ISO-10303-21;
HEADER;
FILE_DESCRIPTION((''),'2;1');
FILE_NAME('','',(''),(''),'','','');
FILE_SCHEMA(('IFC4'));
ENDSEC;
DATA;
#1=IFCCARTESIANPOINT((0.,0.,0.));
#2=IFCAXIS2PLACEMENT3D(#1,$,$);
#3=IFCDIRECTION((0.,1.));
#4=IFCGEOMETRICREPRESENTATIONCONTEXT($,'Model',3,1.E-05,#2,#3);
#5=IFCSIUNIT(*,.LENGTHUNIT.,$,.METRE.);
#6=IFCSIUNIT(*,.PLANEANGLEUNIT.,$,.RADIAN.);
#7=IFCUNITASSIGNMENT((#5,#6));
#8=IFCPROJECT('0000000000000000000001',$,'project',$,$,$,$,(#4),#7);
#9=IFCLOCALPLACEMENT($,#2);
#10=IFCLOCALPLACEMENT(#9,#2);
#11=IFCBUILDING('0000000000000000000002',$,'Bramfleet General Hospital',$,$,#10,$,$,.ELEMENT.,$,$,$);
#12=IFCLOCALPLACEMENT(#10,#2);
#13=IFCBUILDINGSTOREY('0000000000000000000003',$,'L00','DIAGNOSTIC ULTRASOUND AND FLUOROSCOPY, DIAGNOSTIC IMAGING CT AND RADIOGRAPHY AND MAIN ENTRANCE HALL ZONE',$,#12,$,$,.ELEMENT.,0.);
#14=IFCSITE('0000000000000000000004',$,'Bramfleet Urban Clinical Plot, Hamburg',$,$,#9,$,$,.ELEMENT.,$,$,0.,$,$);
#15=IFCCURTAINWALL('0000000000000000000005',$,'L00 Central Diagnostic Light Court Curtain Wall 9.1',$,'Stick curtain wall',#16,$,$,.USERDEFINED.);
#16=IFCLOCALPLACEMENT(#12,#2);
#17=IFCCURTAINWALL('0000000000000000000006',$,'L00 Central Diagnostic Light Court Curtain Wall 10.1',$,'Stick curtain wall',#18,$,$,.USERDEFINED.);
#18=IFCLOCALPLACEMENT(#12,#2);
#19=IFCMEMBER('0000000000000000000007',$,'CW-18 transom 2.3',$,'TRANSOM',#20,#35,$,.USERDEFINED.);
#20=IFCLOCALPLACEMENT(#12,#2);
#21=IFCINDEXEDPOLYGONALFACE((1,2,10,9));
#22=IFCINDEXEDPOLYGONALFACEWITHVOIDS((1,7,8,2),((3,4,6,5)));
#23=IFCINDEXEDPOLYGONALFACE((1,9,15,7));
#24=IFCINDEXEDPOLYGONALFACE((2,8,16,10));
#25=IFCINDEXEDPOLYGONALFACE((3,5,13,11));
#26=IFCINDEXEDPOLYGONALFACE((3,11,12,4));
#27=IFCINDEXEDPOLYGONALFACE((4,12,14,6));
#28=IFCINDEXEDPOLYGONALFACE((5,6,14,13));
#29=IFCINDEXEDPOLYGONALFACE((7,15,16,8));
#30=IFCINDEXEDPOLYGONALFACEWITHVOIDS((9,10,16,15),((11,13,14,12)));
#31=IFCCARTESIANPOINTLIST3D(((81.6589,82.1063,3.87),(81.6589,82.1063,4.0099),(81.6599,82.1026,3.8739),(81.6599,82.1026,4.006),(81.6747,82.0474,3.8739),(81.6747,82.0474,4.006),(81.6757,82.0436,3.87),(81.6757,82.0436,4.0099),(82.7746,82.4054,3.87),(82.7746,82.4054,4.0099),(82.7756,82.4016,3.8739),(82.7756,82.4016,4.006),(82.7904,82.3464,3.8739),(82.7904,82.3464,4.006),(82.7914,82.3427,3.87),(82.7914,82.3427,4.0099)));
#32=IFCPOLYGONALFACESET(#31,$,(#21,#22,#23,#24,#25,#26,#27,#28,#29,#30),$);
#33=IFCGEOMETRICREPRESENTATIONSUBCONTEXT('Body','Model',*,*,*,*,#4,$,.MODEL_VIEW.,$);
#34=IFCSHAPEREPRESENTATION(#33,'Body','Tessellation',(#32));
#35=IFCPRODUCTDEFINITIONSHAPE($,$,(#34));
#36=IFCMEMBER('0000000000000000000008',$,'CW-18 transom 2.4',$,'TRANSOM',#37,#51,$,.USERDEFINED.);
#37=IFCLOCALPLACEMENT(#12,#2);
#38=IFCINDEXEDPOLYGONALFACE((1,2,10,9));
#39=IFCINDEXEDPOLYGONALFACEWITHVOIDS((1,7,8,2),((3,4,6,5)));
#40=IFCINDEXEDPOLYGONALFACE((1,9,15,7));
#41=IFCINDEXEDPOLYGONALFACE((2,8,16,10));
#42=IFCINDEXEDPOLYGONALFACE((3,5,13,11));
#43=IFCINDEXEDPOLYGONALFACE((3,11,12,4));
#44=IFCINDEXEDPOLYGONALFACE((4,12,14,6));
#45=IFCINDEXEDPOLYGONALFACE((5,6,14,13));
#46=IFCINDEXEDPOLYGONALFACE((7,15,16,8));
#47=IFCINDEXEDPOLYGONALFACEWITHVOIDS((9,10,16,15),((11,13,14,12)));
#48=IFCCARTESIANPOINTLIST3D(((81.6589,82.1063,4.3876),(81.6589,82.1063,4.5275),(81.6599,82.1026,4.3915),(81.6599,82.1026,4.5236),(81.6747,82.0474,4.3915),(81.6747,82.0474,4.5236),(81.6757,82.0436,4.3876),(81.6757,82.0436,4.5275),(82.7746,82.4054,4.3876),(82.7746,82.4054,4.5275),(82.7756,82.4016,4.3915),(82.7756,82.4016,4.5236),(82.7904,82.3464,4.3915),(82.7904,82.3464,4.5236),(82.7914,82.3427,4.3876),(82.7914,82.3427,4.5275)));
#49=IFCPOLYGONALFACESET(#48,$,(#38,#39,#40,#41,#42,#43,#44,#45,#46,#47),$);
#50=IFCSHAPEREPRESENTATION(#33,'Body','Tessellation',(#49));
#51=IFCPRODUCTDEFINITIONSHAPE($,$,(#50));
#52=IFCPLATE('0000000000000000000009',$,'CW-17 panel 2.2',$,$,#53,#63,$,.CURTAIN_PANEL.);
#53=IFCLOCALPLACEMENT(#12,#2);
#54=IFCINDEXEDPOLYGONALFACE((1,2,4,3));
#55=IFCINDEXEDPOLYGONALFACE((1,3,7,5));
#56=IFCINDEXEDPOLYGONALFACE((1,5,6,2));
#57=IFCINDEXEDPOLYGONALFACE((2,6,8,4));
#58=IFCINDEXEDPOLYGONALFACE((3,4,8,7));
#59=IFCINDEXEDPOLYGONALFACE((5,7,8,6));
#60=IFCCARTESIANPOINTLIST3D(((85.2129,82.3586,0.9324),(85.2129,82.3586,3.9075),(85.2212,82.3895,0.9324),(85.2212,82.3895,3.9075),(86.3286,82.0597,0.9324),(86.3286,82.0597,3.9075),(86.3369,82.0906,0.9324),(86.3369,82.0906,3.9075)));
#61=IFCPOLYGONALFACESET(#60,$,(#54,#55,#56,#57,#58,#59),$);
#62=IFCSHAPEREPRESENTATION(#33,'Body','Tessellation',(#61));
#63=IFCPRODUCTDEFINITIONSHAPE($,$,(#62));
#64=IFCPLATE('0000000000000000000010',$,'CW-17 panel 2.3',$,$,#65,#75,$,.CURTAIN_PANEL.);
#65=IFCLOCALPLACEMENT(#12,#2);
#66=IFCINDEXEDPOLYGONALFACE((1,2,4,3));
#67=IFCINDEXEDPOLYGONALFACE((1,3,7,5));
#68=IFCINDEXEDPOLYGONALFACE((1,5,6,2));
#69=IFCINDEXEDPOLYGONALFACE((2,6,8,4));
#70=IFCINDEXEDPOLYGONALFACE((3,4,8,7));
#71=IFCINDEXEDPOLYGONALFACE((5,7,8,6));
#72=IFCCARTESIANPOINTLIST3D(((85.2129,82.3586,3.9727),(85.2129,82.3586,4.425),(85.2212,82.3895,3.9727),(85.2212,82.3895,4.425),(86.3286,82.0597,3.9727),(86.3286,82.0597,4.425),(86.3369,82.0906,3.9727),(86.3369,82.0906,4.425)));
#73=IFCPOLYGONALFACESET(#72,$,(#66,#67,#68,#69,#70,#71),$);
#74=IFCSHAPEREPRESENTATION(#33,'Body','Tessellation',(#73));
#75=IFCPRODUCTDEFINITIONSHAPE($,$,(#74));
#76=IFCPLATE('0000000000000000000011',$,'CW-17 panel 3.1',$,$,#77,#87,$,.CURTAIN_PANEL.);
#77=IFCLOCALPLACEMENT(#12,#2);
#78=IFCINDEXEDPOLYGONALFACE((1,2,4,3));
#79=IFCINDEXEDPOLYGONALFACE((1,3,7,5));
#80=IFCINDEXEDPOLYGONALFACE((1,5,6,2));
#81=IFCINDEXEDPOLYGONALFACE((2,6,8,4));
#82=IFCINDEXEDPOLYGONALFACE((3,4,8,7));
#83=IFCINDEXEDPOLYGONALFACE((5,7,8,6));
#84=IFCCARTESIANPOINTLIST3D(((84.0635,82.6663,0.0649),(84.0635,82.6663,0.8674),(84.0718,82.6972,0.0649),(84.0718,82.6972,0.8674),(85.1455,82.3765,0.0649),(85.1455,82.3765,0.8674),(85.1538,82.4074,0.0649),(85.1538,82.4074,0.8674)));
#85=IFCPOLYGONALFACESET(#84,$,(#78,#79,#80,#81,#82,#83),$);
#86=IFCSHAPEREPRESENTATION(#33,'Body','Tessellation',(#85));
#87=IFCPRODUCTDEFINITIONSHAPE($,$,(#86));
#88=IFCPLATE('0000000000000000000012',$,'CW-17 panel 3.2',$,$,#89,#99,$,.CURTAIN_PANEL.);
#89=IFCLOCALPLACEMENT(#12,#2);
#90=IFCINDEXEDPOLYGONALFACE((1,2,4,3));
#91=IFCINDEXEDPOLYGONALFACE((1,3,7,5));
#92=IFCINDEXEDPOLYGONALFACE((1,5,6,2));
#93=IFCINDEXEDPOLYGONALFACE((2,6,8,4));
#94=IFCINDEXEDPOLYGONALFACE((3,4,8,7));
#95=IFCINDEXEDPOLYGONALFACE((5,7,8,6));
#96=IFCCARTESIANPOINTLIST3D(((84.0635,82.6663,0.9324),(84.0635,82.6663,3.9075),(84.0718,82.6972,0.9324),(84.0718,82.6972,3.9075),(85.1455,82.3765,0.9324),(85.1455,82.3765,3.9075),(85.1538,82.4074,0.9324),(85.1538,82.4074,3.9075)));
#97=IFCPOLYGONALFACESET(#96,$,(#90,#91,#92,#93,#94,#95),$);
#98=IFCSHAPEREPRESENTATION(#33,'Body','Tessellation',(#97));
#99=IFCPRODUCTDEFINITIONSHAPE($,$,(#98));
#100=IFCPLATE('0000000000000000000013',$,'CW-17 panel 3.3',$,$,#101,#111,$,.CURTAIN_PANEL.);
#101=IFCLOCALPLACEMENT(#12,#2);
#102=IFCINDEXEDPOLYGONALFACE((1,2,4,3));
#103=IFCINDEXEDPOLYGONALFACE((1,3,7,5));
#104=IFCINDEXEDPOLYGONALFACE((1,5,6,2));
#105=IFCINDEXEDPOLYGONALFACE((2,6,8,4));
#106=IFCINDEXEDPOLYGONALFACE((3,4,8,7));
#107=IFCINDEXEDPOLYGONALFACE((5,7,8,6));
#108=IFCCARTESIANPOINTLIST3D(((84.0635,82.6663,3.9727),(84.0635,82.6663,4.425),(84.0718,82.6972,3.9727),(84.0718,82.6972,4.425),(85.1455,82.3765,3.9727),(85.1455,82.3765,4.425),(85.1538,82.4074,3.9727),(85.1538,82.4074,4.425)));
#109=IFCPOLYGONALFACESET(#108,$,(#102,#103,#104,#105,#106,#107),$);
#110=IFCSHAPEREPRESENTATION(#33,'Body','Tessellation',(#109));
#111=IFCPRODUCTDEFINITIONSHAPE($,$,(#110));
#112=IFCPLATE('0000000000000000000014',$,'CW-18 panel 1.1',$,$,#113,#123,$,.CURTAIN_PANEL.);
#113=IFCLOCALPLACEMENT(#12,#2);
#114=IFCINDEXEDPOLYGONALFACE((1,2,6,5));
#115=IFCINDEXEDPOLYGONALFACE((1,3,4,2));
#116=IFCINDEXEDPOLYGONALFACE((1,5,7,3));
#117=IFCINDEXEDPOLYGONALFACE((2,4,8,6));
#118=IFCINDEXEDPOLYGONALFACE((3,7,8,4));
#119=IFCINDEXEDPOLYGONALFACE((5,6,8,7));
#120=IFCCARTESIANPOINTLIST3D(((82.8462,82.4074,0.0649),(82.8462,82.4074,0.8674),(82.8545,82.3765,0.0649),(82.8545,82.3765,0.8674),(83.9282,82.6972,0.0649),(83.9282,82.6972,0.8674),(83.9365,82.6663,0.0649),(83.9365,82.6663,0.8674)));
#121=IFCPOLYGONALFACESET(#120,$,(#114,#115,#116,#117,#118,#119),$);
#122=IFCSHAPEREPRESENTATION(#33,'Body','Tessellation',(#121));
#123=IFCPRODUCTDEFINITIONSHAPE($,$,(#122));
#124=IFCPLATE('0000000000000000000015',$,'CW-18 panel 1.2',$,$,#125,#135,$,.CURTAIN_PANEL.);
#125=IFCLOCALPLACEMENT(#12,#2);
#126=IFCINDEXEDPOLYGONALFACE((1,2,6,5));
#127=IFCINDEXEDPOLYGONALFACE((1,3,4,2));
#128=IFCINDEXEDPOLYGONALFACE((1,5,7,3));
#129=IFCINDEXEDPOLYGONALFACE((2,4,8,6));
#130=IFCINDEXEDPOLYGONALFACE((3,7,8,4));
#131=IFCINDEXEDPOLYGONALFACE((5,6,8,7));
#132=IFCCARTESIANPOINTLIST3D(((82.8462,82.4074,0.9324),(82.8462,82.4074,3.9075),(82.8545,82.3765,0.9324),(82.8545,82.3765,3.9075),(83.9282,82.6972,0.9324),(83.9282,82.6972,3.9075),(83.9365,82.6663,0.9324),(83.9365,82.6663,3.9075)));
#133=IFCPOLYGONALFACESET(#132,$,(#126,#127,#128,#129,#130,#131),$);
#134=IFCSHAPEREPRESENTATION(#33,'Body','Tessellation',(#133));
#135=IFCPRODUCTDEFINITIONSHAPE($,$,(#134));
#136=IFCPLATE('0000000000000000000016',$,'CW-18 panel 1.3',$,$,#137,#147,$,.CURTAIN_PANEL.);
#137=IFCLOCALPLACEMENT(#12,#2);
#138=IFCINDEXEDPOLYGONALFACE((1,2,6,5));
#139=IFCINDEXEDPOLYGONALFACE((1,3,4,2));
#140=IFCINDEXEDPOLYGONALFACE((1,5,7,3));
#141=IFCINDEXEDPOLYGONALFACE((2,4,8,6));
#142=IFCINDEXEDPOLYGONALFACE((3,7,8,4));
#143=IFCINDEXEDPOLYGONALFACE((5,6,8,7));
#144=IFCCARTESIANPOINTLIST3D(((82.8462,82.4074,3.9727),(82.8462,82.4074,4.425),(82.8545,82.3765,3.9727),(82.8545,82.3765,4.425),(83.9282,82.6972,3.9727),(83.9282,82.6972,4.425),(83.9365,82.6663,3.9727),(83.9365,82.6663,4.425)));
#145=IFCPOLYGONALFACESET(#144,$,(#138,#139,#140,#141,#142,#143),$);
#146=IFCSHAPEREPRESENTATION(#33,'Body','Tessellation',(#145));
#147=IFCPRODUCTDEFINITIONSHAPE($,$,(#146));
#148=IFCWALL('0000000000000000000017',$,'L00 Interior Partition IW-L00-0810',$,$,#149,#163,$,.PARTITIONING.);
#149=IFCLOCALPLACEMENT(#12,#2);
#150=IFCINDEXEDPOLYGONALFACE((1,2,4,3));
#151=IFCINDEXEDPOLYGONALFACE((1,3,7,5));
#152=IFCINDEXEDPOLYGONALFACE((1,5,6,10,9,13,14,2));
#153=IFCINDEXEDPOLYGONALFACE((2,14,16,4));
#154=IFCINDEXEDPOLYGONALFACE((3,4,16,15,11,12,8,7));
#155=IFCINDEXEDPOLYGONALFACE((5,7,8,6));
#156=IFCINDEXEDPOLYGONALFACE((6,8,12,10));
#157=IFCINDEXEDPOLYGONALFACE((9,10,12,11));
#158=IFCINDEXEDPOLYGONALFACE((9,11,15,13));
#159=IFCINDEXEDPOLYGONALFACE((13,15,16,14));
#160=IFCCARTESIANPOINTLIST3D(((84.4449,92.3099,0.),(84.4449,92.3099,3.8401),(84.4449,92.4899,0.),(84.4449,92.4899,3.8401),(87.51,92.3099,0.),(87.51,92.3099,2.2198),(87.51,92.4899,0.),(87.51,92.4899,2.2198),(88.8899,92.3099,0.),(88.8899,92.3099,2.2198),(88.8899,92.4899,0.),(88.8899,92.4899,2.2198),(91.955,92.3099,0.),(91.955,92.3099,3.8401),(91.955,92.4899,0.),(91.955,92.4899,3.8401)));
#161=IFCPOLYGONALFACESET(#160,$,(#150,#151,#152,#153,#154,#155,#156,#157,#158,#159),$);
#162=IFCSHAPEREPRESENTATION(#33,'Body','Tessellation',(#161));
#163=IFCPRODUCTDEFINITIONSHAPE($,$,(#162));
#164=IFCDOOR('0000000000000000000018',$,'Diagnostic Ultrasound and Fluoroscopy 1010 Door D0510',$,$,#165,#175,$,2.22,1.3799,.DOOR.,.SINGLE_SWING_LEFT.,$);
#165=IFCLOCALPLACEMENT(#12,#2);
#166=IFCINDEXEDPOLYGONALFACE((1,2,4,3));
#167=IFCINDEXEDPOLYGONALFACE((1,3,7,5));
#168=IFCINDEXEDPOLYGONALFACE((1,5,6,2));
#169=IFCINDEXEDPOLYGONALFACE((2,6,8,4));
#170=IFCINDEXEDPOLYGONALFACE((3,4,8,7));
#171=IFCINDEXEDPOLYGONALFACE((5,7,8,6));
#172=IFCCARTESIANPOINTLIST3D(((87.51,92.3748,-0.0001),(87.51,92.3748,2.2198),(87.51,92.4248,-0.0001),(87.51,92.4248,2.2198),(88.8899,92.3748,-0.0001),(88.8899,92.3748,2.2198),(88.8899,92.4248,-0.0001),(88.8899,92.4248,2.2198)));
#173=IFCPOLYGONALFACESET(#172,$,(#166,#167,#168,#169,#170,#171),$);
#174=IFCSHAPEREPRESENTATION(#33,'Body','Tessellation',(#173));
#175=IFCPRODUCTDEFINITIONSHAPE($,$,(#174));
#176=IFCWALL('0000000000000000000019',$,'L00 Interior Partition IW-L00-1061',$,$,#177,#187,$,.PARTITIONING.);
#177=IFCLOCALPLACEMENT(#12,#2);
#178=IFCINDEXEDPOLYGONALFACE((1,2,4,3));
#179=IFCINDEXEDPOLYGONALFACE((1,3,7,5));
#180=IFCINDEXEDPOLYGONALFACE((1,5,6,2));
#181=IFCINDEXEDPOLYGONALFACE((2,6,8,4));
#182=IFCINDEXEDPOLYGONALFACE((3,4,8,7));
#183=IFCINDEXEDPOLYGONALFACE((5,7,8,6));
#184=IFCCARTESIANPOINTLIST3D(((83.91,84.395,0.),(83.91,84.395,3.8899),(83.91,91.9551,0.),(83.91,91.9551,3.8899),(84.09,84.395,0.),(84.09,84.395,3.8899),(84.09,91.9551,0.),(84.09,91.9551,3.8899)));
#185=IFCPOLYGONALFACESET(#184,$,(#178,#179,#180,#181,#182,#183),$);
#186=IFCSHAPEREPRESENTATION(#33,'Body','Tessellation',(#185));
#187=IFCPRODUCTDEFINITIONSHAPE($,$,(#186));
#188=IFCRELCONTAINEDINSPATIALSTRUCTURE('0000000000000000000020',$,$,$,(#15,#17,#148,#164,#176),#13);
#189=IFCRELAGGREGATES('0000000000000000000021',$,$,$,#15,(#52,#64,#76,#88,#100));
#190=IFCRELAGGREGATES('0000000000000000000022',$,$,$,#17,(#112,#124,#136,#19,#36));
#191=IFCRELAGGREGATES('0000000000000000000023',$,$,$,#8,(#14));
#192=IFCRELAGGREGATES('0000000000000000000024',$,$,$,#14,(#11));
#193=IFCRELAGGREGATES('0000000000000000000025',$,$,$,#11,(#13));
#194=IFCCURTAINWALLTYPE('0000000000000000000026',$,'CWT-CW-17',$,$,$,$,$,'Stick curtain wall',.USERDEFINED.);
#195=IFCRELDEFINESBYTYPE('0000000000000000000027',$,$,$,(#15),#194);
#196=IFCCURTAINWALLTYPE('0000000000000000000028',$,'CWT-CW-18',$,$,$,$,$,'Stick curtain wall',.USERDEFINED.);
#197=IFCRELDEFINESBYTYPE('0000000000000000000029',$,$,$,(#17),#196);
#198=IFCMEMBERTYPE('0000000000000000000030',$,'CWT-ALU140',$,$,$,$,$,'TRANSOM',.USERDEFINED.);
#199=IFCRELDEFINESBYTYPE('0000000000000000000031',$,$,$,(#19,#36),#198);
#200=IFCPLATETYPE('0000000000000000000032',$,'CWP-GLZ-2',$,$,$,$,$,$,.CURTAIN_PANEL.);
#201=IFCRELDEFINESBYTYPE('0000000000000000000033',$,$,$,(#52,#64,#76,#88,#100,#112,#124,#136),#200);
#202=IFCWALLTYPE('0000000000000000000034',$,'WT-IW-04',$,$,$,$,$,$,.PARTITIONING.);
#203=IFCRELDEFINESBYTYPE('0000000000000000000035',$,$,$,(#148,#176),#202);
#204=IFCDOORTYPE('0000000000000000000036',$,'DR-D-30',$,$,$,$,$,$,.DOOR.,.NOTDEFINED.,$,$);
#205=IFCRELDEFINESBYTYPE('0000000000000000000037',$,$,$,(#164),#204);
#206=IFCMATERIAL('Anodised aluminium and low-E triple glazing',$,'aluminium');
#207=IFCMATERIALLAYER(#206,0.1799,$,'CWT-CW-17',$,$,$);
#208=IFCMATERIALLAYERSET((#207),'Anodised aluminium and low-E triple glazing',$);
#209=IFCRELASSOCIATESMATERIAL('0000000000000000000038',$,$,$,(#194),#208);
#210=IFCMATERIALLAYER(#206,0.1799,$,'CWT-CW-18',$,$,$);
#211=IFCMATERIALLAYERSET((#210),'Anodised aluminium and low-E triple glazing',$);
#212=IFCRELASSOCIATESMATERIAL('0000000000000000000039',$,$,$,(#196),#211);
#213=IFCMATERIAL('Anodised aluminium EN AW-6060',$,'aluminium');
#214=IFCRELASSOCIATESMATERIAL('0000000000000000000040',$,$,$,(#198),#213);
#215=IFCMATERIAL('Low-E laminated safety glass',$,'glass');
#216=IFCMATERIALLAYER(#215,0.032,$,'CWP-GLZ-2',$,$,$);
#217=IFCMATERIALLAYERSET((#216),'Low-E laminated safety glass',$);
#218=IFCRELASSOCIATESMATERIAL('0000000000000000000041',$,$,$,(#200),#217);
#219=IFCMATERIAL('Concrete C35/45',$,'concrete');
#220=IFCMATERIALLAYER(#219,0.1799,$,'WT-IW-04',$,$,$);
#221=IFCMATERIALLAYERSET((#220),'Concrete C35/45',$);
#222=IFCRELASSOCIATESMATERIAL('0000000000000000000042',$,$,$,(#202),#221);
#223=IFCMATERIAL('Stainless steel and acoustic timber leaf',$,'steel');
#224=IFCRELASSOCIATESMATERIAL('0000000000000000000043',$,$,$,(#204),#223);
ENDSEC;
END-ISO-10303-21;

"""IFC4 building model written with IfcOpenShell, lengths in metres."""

from ifc_helpers import new_model, si_unit, direction, frame, frame_2d, origin, origin_2d, place, context, subcontext, project, spatial, rectangle, hollow_rectangle, extrude, material, layer, layer_set, material_profile, profile_set, type_object, element, fill, aggregate, save


model = new_model("IFC4")

# Units and contexts
model_context = context("Model", 3, precision=1e-05, world=origin(), true_north=direction((0.0, 1.0)))
body_context = subcontext(model_context, "Body", "Model", "MODEL_VIEW")
ifc_project = project(units=[si_unit("LENGTHUNIT", "METRE"), si_unit("PLANEANGLEUNIT", "RADIAN")], contexts=[model_context])

# Site, building, storey
site_placement = place(None, origin())
site = spatial("IfcSite", under=ifc_project, at=site_placement, Name="Bramfleet Urban Clinical Plot, Hamburg", CompositionType="ELEMENT", RefElevation=0.0)
building_placement = place(site_placement, origin())
building = spatial("IfcBuilding", under=site, at=building_placement, Name="Bramfleet General Hospital", CompositionType="ELEMENT")
storey_placement = place(building_placement, origin())
storey = spatial("IfcBuildingStorey", under=building, at=storey_placement, Name="L00", Description="DIAGNOSTIC ULTRASOUND AND FLUOROSCOPY, DIAGNOSTIC IMAGING CT AND RADIOGRAPHY AND MAIN ENTRANCE HALL ZONE", CompositionType="ELEMENT", Elevation=0.0)

# Shared definitions
ifc_material_1 = material(Name="Concrete C35/45", Category="concrete")

# Curtain walls
ifc_material_2 = material(Name="Anodised aluminium and low-E triple glazing", Category="aluminium")
ifc_layer_1 = layer(ifc_material_2, 0.1799, Name="CWT-CW-17")
ifc_layer_set_1 = layer_set([ifc_layer_1], Name="Anodised aluminium and low-E triple glazing")
curtain_wall_type_1 = type_object("IfcCurtainWallType", Name="CWT-CW-17", ElementType="Stick curtain wall", PredefinedType="USERDEFINED", material=ifc_layer_set_1)
curtain_wall_1_placement = place(storey_placement, origin())
curtain_wall_1 = element("IfcCurtainWall", 1, at=curtain_wall_1_placement, inside=storey, type_object=curtain_wall_type_1, Name="L00 Central Diagnostic Light Court Curtain Wall 9.1", ObjectType="Stick curtain wall", PredefinedType="USERDEFINED")
ifc_material_3 = material(Name="Anodised aluminium EN AW-6060", Category="aluminium")
ifc_layer_2 = layer(ifc_material_2, 0.1799, Name="CWT-CW-18")
ifc_layer_set_2 = layer_set([ifc_layer_2], Name="Anodised aluminium and low-E triple glazing")
curtain_wall_type_2 = type_object("IfcCurtainWallType", Name="CWT-CW-18", ElementType="Stick curtain wall", PredefinedType="USERDEFINED", material=ifc_layer_set_2)
curtain_wall_2_placement = place(storey_placement, origin())
curtain_wall_2 = element("IfcCurtainWall", 2, at=curtain_wall_2_placement, inside=storey, type_object=curtain_wall_type_2, Name="L00 Central Diagnostic Light Court Curtain Wall 10.1", ObjectType="Stick curtain wall", PredefinedType="USERDEFINED")

# Members
ifc_material_profile_1 = material_profile(ifc_material_3, hollow_rectangle(XDim=0.0649, YDim=0.1399, WallThickness=0.0039, at=origin_2d()), Name="ALU 140x65x4.0")
ifc_profile_set_1 = profile_set([ifc_material_profile_1], Name="Anodised aluminium EN AW-6060")
member_type_1 = type_object("IfcMemberType", Name="CWT-ALU140", ElementType="TRANSOM", PredefinedType="USERDEFINED", material=ifc_profile_set_1)
member_1_placement = place(storey_placement, frame((82.783, 82.374, 3.9399), z_axis=(-0.965901, -0.258912, 0.0), x_axis=(0.258912, -0.965901, 0.0)))
member_1 = element("IfcMember", 3, at=member_1_placement, type_object=member_type_1, Name="CW-18 transom 2.3", ObjectType="TRANSOM", PredefinedType="USERDEFINED", context=body_context, shape_type="SweptSolid", body=[
    extrude(hollow_rectangle(XDim=0.0649, YDim=0.1399, WallThickness=0.0039, at=origin_2d()), origin(), (0.0, 0.0, 1.0), 1.155),
])
member_2_placement = place(storey_placement, frame((82.783, 82.374, 4.4575), z_axis=(-0.965901, -0.258912, 0.0), x_axis=(0.258912, -0.965901, 0.0)))
member_2 = element("IfcMember", 4, at=member_2_placement, type_object=member_type_1, Name="CW-18 transom 2.4", ObjectType="TRANSOM", PredefinedType="USERDEFINED", context=body_context, shape_type="SweptSolid", body=[
    extrude(hollow_rectangle(XDim=0.0649, YDim=0.1399, WallThickness=0.0039, at=origin_2d()), origin(), (0.0, 0.0, 1.0), 1.155),
])

# Plates
ifc_material_4 = material(Name="Low-E laminated safety glass", Category="glass")
ifc_layer_3 = layer(ifc_material_4, 0.032, Name="CWP-GLZ-2")
ifc_layer_set_3 = layer_set([ifc_layer_3], Name="Low-E laminated safety glass")
plate_type = type_object("IfcPlateType", Name="CWP-GLZ-2", PredefinedType="CURTAIN_PANEL", material=ifc_layer_set_3)
plate_1_placement = place(storey_placement, frame((85.7749, 82.2246, 0.9324), z_axis=(0.0, 0.0, 1.0), x_axis=(-0.965941, 0.258763, 0.0)))
plate_1 = element("IfcPlate", 5, at=plate_1_placement, type_object=plate_type, Name="CW-17 panel 2.2", PredefinedType="CURTAIN_PANEL", context=body_context, shape_type="SweptSolid", body=[
    extrude(rectangle(XDim=1.155, YDim=0.032, at=origin_2d()), origin(), (0.0, 0.0, 1.0), 2.9751),
])
plate_2_placement = place(storey_placement, frame((85.7749, 82.2246, 3.9727), z_axis=(0.0, 0.0, 1.0), x_axis=(-0.965941, 0.258763, 0.0)))
plate_2 = element("IfcPlate", 6, at=plate_2_placement, type_object=plate_type, Name="CW-17 panel 2.3", PredefinedType="CURTAIN_PANEL", context=body_context, shape_type="SweptSolid", body=[
    extrude(rectangle(XDim=1.155, YDim=0.032, at=origin_2d()), origin(), (0.0, 0.0, 1.0), 0.4524),
])
plate_3_placement = place(storey_placement, frame((84.6086, 82.5369, 0.0649), z_axis=(0.0, 0.0, 1.0), x_axis=(-0.965941, 0.258763, 0.0)))
plate_3 = element("IfcPlate", 7, at=plate_3_placement, type_object=plate_type, Name="CW-17 panel 3.1", PredefinedType="CURTAIN_PANEL", context=body_context, shape_type="SweptSolid", body=[
    extrude(rectangle(XDim=1.1201, YDim=0.032, at=origin_2d()), origin(), (0.0, 0.0, 1.0), 0.8025),
])
plate_4_placement = place(storey_placement, frame((84.6086, 82.5369, 0.9324), z_axis=(0.0, 0.0, 1.0), x_axis=(-0.965941, 0.258763, 0.0)))
plate_4 = element("IfcPlate", 8, at=plate_4_placement, type_object=plate_type, Name="CW-17 panel 3.2", PredefinedType="CURTAIN_PANEL", context=body_context, shape_type="SweptSolid", body=[
    extrude(rectangle(XDim=1.1201, YDim=0.032, at=origin_2d()), origin(), (0.0, 0.0, 1.0), 2.9751),
])
plate_5_placement = place(storey_placement, frame((84.6086, 82.5369, 3.9727), z_axis=(0.0, 0.0, 1.0), x_axis=(-0.965941, 0.258763, 0.0)))
plate_5 = element("IfcPlate", 9, at=plate_5_placement, type_object=plate_type, Name="CW-17 panel 3.3", PredefinedType="CURTAIN_PANEL", context=body_context, shape_type="SweptSolid", body=[
    extrude(rectangle(XDim=1.1201, YDim=0.032, at=origin_2d()), origin(), (0.0, 0.0, 1.0), 0.4524),
])
aggregate(curtain_wall_1, [plate_1, plate_2, plate_3, plate_4, plate_5])
plate_6_placement = place(storey_placement, frame((83.3914, 82.5369, 0.0649), z_axis=(0.0, 0.0, 1.0), x_axis=(-0.965941, -0.258763, 0.0)))
plate_6 = element("IfcPlate", 10, at=plate_6_placement, type_object=plate_type, Name="CW-18 panel 1.1", PredefinedType="CURTAIN_PANEL", context=body_context, shape_type="SweptSolid", body=[
    extrude(rectangle(XDim=1.1201, YDim=0.032, at=origin_2d()), origin(), (0.0, 0.0, 1.0), 0.8025),
])
plate_7_placement = place(storey_placement, frame((83.3914, 82.5369, 0.9324), z_axis=(0.0, 0.0, 1.0), x_axis=(-0.965941, -0.258763, 0.0)))
plate_7 = element("IfcPlate", 11, at=plate_7_placement, type_object=plate_type, Name="CW-18 panel 1.2", PredefinedType="CURTAIN_PANEL", context=body_context, shape_type="SweptSolid", body=[
    extrude(rectangle(XDim=1.1201, YDim=0.032, at=origin_2d()), origin(), (0.0, 0.0, 1.0), 2.9751),
])
plate_8_placement = place(storey_placement, frame((83.3914, 82.5369, 3.9727), z_axis=(0.0, 0.0, 1.0), x_axis=(-0.965941, -0.258763, 0.0)))
plate_8 = element("IfcPlate", 12, at=plate_8_placement, type_object=plate_type, Name="CW-18 panel 1.3", PredefinedType="CURTAIN_PANEL", context=body_context, shape_type="SweptSolid", body=[
    extrude(rectangle(XDim=1.1201, YDim=0.032, at=origin_2d()), origin(), (0.0, 0.0, 1.0), 0.4524),
])
aggregate(curtain_wall_2, [plate_6, plate_7, plate_8, member_1, member_2])

# Wall, opening, door
ifc_layer_4 = layer(ifc_material_1, 0.1799, Name="WT-IW-04")
ifc_layer_set_4 = layer_set([ifc_layer_4], Name="Concrete C35/45")
wall_type_1 = type_object("IfcWallType", Name="WT-IW-04", PredefinedType="PARTITIONING", material=ifc_layer_set_4)
wall_1_placement = place(storey_placement, frame((84.4451, 92.3999, 0.0), z_axis=(0.0, 0.0, 1.0), x_axis=(1.0, 0.0, 0.0)))
wall_1 = element("IfcWall", 13, at=wall_1_placement, inside=storey, type_object=wall_type_1, Name="L00 Interior Partition IW-L00-0810", PredefinedType="PARTITIONING", context=body_context, shape_type="SweptSolid", body=[
    extrude(rectangle(XDim=7.51, YDim=0.1799, at=frame_2d((3.7549, 0.0))), origin(), (0.0, 0.0, 1.0), 3.8401),
])
opening_placement = place(wall_1_placement, frame((3.0649, 0.0, 0.0)))
opening = element("IfcOpeningElement", 14, at=opening_placement, cuts=wall_1, PredefinedType="OPENING", context=body_context, shape_type="SweptSolid", body=[
    extrude(rectangle(XDim=1.3799, YDim=2.22, at=frame_2d((0.6899, 1.1099))), frame((0.0, 0.0999, 0.0), z_axis=(0.0, -1.0, 0.0), x_axis=(1.0, 0.0, 0.0)), (0.0, 0.0, 1.0), 0.2),
])
ifc_material_5 = material(Name="Stainless steel and acoustic timber leaf", Category="steel")
door_type = type_object("IfcDoorType", Name="DR-D-30", OperationType="NOTDEFINED", PredefinedType="DOOR", material=ifc_material_5)
door_placement = place(opening_placement, origin())
door = element("IfcDoor", 15, at=door_placement, inside=storey, type_object=door_type, Name="Diagnostic Ultrasound and Fluoroscopy 1010 Door D0510", OperationType="SINGLE_SWING_LEFT", OverallHeight=2.22, OverallWidth=1.3799, PredefinedType="DOOR", context=body_context, shape_type="SweptSolid", body=[
    extrude(rectangle(XDim=1.3799, YDim=2.22, at=frame_2d((0.6899, 1.1099))), frame((0.0, 0.0249, 0.0), z_axis=(0.0, -1.0, 0.0), x_axis=(1.0, 0.0, 0.0)), (0.0, 0.0, 1.0), 0.05),
])
fill(opening, door)

# Wall
wall_2_placement = place(storey_placement, frame((84.0, 84.395, 0.0), z_axis=(0.0, 0.0, 1.0), x_axis=(0.0, 1.0, 0.0)))
element("IfcWall", 16, at=wall_2_placement, inside=storey, type_object=wall_type_1, Name="L00 Interior Partition IW-L00-1061", PredefinedType="PARTITIONING", context=body_context, shape_type="SweptSolid", body=[
    extrude(rectangle(XDim=7.5601, YDim=0.1799, at=frame_2d((3.78, 0.0))), origin(), (0.0, 0.0, 1.0), 3.8899),
])

save(model, "model.ifc")
